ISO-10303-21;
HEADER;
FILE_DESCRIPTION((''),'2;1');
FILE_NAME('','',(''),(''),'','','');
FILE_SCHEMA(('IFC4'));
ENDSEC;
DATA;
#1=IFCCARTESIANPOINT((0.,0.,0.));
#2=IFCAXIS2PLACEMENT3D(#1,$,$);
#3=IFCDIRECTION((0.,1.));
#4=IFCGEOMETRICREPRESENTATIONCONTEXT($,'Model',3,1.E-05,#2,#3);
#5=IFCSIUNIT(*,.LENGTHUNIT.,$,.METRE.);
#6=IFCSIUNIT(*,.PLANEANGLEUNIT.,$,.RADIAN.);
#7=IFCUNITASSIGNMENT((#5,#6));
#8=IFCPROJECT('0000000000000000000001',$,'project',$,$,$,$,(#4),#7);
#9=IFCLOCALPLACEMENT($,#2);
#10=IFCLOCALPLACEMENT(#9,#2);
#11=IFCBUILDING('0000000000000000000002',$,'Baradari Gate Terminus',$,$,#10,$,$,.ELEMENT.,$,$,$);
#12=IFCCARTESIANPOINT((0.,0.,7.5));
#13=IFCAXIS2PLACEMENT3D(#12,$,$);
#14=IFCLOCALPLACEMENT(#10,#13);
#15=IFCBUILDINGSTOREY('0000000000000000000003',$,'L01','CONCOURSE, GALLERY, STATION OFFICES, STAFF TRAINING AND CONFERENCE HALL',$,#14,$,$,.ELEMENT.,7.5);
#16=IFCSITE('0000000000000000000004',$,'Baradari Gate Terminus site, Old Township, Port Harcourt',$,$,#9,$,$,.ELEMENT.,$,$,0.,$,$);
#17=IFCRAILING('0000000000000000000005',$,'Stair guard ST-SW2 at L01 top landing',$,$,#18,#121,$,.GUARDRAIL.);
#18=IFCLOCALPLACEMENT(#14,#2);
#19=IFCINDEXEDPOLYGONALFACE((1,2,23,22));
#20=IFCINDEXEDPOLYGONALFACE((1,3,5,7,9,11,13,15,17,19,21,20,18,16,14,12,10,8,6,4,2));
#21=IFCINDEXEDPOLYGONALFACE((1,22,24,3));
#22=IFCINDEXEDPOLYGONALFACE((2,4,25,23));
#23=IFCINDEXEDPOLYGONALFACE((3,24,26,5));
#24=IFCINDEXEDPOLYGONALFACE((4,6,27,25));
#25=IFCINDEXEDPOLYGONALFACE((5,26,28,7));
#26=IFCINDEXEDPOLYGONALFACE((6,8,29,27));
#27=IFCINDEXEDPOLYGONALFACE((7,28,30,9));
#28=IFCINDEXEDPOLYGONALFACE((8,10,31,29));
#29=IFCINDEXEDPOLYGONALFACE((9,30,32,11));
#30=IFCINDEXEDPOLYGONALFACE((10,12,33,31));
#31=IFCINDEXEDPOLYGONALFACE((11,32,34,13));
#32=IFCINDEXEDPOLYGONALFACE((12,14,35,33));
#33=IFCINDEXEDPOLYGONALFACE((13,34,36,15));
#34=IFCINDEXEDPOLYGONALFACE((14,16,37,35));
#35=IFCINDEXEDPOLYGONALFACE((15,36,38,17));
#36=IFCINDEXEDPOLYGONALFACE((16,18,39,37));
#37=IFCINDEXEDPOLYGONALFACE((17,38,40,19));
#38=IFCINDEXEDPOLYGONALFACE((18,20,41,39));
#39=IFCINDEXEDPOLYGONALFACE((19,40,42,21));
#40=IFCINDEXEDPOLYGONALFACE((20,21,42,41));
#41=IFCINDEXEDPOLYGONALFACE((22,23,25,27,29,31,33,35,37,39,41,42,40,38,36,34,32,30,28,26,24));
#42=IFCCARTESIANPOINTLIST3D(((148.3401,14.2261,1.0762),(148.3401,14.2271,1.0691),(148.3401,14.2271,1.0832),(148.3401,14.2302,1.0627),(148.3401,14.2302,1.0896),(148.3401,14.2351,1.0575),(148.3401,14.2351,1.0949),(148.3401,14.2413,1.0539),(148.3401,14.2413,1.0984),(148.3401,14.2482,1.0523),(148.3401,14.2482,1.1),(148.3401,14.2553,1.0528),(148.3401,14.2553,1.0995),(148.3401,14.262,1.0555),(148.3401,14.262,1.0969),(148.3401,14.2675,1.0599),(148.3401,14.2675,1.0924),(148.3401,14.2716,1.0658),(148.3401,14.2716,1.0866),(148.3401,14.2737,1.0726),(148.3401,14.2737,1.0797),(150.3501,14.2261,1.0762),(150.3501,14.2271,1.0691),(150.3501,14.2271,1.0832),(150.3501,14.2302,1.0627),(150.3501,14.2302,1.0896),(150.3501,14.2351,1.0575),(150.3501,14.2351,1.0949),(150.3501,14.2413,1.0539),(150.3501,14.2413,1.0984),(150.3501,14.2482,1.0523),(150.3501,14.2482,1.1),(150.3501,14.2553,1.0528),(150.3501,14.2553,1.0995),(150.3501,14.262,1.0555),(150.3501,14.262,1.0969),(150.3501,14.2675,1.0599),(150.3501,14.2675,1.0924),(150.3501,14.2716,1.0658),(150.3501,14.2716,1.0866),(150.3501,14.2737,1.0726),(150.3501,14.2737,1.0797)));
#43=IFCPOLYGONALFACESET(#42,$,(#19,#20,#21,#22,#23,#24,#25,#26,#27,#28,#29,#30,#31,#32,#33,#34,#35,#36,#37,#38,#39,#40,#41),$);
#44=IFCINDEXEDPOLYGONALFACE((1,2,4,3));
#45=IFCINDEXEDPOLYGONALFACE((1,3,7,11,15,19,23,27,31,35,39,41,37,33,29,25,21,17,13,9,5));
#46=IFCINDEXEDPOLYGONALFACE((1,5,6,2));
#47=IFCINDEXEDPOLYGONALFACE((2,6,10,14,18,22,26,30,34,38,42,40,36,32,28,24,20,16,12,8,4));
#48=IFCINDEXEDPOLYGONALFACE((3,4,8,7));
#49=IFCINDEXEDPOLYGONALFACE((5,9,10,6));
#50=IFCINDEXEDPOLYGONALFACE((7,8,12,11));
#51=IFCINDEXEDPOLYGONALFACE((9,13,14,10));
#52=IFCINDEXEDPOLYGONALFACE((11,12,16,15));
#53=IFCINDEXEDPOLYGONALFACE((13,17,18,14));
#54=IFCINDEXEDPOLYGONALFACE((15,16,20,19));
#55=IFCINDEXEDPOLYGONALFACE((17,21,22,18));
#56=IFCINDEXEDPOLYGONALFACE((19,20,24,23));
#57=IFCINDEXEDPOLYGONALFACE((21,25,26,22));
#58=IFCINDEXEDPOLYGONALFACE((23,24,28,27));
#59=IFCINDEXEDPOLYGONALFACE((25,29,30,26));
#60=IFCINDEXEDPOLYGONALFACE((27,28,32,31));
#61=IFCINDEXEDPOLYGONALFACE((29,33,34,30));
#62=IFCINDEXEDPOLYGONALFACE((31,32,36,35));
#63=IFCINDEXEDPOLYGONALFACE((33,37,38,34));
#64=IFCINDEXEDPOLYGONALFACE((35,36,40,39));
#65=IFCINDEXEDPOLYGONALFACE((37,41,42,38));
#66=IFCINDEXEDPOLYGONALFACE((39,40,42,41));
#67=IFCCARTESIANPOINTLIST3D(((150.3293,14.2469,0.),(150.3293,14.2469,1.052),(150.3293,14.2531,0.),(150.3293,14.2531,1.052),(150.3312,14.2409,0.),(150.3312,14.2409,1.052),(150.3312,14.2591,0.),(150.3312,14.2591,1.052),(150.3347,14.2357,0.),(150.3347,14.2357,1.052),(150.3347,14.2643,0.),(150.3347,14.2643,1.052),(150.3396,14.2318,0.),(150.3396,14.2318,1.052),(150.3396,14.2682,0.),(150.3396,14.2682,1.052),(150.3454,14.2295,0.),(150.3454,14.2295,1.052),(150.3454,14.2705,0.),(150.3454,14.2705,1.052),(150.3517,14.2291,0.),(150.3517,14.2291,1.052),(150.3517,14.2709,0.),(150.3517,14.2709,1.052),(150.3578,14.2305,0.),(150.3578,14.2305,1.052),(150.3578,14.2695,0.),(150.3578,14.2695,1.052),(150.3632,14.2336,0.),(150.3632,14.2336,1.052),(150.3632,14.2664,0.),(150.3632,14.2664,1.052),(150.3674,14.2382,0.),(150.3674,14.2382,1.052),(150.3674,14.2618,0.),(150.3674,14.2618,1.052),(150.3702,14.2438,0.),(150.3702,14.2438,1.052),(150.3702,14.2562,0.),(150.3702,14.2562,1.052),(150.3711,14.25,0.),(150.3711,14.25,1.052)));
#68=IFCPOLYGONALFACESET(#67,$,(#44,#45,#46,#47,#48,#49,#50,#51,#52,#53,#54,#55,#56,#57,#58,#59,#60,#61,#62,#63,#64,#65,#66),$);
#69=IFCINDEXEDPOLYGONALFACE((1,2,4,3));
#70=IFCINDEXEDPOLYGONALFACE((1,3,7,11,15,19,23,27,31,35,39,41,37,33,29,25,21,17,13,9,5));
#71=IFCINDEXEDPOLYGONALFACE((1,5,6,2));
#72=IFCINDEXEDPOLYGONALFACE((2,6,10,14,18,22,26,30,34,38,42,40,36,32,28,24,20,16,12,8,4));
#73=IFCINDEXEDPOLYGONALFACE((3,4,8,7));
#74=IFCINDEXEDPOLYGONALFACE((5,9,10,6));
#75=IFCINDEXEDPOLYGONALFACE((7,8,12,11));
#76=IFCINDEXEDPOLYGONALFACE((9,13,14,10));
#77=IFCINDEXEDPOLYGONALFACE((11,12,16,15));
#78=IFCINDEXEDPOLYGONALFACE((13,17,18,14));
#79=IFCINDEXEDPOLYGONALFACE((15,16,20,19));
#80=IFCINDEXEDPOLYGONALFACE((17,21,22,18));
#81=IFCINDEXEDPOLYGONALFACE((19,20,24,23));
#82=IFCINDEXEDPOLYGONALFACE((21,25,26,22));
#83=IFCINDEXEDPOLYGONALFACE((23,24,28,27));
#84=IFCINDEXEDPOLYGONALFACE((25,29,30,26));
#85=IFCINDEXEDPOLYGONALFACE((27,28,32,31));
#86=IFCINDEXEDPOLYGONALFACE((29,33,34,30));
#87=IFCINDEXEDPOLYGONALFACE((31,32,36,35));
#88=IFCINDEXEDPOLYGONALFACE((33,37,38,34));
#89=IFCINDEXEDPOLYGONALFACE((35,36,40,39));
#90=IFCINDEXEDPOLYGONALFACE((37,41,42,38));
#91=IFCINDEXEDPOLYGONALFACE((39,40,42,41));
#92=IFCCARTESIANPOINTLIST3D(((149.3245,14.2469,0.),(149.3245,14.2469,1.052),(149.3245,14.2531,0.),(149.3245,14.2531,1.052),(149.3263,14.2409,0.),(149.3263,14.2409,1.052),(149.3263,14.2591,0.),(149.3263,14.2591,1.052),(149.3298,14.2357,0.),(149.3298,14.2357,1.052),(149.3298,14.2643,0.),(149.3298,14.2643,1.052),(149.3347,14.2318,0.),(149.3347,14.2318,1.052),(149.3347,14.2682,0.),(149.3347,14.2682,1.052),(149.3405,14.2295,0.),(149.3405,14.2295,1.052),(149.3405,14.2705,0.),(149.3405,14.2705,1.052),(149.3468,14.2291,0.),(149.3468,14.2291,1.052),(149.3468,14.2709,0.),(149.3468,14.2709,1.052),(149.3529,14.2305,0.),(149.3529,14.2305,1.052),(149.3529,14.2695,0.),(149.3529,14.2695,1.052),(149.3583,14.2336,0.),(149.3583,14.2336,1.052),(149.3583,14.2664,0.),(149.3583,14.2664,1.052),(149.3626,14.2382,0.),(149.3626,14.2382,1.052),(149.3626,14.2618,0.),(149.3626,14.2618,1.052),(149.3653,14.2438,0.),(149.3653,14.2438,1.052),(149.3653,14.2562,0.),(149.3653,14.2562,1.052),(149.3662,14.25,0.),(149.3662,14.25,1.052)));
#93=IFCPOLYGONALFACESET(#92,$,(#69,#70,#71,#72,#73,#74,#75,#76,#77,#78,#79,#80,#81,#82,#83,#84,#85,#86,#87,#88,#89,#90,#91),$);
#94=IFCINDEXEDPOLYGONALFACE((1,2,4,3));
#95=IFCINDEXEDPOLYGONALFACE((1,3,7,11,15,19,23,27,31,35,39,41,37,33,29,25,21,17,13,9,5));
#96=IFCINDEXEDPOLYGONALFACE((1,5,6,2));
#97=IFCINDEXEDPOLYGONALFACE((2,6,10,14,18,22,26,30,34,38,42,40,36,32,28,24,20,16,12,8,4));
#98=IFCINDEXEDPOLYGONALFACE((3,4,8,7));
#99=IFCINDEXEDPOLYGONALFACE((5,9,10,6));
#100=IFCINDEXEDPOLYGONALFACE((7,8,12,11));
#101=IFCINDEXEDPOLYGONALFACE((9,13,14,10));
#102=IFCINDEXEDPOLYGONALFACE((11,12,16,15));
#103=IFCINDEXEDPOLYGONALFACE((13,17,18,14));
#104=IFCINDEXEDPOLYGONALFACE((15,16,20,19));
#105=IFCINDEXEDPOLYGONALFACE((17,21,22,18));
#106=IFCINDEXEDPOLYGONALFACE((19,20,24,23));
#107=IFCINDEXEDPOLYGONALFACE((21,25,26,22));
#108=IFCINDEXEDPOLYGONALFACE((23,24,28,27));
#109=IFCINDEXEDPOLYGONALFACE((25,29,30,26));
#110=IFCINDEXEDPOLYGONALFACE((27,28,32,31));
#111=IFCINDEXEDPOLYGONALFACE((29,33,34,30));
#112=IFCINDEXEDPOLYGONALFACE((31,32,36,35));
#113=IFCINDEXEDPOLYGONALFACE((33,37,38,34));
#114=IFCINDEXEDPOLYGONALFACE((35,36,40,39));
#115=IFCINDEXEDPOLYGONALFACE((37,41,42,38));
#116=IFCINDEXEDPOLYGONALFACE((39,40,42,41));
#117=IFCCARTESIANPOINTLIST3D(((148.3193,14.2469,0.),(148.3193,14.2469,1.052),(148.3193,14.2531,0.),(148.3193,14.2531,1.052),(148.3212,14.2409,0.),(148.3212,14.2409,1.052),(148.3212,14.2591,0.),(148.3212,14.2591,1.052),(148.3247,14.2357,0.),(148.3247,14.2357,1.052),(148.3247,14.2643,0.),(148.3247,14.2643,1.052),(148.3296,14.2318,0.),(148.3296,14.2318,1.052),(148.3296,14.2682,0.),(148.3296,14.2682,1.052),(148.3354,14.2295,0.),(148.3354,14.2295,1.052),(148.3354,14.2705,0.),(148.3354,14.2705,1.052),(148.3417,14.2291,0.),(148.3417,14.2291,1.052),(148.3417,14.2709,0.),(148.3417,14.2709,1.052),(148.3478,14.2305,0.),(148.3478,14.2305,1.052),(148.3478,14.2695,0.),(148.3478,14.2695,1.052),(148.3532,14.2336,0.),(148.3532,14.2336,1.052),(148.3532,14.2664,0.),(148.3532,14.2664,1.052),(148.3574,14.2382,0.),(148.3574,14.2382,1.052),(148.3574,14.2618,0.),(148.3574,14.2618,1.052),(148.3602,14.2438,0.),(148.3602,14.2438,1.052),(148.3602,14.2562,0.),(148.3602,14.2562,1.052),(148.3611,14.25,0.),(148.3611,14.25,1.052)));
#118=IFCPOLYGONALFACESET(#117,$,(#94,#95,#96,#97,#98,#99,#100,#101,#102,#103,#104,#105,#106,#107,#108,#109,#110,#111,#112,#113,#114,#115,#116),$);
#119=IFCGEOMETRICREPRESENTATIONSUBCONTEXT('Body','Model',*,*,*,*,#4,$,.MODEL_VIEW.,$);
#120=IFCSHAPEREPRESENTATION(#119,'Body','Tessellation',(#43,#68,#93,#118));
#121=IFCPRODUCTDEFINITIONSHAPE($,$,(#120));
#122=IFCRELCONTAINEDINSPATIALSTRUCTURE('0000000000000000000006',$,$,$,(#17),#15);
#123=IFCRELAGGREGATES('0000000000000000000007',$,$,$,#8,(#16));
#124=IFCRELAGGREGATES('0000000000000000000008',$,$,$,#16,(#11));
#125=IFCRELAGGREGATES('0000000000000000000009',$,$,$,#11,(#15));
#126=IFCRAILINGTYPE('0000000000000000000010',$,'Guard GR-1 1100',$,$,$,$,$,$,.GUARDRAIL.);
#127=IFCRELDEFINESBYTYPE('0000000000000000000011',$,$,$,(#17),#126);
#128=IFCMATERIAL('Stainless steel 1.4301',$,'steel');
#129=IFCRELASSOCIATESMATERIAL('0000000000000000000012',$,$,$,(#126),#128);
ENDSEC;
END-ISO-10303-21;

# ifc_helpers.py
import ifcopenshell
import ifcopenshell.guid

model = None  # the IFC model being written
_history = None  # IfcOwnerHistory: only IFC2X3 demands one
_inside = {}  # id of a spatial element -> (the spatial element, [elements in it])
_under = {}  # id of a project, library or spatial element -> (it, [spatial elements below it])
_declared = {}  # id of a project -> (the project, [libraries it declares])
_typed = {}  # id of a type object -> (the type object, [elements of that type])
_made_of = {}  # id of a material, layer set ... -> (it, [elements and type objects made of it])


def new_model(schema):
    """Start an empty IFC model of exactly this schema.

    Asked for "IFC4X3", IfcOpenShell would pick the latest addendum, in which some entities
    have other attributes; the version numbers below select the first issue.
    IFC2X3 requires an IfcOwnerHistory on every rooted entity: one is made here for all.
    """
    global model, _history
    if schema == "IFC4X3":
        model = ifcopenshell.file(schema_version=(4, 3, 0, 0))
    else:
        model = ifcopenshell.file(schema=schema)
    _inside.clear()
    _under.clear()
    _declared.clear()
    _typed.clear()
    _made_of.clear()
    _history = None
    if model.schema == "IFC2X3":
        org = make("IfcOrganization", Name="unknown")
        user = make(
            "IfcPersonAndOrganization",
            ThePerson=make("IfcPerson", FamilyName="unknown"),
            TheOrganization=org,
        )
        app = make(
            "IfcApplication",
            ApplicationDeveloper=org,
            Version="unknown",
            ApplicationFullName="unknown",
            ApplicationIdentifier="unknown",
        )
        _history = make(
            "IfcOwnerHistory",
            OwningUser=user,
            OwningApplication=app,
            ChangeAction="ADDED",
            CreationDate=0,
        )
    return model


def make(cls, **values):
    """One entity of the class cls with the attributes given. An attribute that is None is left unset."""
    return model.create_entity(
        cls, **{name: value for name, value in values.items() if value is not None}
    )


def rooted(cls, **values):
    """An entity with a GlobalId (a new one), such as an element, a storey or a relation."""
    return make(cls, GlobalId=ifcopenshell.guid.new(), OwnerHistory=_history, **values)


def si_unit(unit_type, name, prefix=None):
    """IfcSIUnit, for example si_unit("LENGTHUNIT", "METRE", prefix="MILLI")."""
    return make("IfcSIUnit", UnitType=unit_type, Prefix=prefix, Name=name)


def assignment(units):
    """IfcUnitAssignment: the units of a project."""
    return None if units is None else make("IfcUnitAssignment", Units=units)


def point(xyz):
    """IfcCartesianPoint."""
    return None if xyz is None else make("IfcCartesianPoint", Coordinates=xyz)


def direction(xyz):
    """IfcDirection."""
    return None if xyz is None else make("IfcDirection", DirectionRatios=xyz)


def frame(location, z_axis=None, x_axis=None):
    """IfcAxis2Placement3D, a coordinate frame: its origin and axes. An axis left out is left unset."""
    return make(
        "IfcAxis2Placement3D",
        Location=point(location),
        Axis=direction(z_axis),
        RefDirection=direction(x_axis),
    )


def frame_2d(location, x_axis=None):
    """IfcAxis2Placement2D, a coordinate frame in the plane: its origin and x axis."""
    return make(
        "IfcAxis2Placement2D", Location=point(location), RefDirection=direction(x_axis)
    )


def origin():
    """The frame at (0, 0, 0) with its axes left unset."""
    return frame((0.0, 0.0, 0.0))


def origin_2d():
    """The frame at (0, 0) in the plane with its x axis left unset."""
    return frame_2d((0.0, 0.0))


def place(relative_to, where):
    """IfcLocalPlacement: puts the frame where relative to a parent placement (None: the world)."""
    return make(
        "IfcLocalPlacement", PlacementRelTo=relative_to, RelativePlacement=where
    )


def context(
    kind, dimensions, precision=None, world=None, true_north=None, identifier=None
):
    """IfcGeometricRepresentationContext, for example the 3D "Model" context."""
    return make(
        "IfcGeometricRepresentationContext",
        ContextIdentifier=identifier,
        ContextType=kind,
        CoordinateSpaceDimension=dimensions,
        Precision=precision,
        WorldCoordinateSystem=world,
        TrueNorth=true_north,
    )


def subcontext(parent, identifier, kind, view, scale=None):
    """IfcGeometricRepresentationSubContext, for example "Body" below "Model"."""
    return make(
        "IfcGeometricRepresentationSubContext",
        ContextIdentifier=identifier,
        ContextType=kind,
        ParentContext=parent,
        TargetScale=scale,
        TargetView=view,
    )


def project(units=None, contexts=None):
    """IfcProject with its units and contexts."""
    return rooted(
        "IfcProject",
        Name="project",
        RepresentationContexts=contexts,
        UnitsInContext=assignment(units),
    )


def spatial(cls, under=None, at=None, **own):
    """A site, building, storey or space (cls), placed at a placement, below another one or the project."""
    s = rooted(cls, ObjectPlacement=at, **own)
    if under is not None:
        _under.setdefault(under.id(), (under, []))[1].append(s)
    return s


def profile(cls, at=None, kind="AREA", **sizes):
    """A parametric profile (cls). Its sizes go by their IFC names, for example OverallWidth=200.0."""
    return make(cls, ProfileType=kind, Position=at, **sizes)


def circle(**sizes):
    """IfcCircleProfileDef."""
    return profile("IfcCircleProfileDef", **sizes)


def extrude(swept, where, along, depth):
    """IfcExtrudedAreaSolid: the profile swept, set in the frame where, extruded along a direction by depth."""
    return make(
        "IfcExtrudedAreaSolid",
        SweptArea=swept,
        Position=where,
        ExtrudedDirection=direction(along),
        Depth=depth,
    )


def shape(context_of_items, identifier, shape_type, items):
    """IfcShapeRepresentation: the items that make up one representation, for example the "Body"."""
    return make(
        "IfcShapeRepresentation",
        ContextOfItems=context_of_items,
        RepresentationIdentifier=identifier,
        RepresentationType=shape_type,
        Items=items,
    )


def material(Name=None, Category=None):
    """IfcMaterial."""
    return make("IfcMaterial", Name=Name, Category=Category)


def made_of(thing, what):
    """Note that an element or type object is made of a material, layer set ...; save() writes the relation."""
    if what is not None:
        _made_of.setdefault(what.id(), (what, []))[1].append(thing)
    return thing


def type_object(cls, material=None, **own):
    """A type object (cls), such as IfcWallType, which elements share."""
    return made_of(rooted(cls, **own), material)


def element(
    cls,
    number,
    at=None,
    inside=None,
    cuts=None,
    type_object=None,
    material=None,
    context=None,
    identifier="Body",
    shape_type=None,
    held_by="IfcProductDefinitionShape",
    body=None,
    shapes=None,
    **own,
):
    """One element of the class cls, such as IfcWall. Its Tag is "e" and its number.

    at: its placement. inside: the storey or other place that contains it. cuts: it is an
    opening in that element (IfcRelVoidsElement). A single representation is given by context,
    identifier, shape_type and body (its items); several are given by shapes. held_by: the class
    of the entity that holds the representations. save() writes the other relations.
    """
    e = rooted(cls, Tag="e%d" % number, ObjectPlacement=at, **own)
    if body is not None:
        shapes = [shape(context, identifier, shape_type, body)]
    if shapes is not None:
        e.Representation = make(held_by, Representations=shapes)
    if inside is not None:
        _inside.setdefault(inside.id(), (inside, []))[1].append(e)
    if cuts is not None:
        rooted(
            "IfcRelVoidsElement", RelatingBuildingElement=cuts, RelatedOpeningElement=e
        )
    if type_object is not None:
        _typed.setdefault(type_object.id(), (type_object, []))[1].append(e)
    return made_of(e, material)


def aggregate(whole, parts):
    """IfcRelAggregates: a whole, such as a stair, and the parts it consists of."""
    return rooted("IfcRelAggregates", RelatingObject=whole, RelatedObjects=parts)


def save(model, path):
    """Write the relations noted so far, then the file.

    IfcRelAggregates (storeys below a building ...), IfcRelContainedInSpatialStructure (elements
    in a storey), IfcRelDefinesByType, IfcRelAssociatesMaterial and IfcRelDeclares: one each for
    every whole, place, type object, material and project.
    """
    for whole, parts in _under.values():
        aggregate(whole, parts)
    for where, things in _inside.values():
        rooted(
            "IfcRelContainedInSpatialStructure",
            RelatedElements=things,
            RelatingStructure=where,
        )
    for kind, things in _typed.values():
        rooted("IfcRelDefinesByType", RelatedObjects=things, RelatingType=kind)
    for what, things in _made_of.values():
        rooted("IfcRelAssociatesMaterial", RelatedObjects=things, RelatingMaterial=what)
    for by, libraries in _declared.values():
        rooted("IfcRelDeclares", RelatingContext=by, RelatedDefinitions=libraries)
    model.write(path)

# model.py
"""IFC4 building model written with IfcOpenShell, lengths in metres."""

from ifc_helpers import new_model, si_unit, direction, frame, origin, origin_2d, place, context, subcontext, project, spatial, circle, extrude, material, type_object, element, save


model = new_model("IFC4")

# Units and contexts
model_context = context("Model", 3, precision=1e-05, world=origin(), true_north=direction((0.0, 1.0)))
body_context = subcontext(model_context, "Body", "Model", "MODEL_VIEW")
ifc_project = project(units=[si_unit("LENGTHUNIT", "METRE"), si_unit("PLANEANGLEUNIT", "RADIAN")], contexts=[model_context])

# Site, building, storey
site_placement = place(None, origin())
site = spatial("IfcSite", under=ifc_project, at=site_placement, Name="Baradari Gate Terminus site, Old Township, Port Harcourt", CompositionType="ELEMENT", RefElevation=0.0)
building_placement = place(site_placement, origin())
building = spatial("IfcBuilding", under=site, at=building_placement, Name="Baradari Gate Terminus", CompositionType="ELEMENT")
storey_placement = place(building_placement, frame((0.0, 0.0, 7.5)))
storey = spatial("IfcBuildingStorey", under=building, at=storey_placement, Name="L01", Description="CONCOURSE, GALLERY, STATION OFFICES, STAFF TRAINING AND CONFERENCE HALL", CompositionType="ELEMENT", Elevation=7.5)

# Railing
ifc_material_1 = material(Name="Stainless steel 1.4301", Category="steel")
railing_type = type_object("IfcRailingType", Name="Guard GR-1 1100", PredefinedType="GUARDRAIL", material=ifc_material_1)
railing_placement = place(storey_placement, frame((150.3501, 14.25, 0.0)))
element("IfcRailing", 1, at=railing_placement, inside=storey, type_object=railing_type, Name="Stair guard ST-SW2 at L01 top landing", PredefinedType="GUARDRAIL", context=body_context, shape_type="SweptSolid", body=[
    extrude(circle(Radius=0.0239, at=origin_2d()), frame((0.0, 0.0, 1.0762), z_axis=(-1.0, 0.0, 0.0), x_axis=(0.0, -1.0, 0.0)), (0.0, 0.0, 1.0), 2.01),
    extrude(circle(Radius=0.021, at=origin_2d()), origin(), (0.0, 0.0, 1.0), 1.052),
    extrude(circle(Radius=0.021, at=origin_2d()), frame((-1.0049, 0.0, 0.0)), (0.0, 0.0, 1.0), 1.052),
    extrude(circle(Radius=0.021, at=origin_2d()), frame((-2.01, 0.0, 0.0)), (0.0, 0.0, 1.0), 1.052),
])

save(model, "model.ifc")
